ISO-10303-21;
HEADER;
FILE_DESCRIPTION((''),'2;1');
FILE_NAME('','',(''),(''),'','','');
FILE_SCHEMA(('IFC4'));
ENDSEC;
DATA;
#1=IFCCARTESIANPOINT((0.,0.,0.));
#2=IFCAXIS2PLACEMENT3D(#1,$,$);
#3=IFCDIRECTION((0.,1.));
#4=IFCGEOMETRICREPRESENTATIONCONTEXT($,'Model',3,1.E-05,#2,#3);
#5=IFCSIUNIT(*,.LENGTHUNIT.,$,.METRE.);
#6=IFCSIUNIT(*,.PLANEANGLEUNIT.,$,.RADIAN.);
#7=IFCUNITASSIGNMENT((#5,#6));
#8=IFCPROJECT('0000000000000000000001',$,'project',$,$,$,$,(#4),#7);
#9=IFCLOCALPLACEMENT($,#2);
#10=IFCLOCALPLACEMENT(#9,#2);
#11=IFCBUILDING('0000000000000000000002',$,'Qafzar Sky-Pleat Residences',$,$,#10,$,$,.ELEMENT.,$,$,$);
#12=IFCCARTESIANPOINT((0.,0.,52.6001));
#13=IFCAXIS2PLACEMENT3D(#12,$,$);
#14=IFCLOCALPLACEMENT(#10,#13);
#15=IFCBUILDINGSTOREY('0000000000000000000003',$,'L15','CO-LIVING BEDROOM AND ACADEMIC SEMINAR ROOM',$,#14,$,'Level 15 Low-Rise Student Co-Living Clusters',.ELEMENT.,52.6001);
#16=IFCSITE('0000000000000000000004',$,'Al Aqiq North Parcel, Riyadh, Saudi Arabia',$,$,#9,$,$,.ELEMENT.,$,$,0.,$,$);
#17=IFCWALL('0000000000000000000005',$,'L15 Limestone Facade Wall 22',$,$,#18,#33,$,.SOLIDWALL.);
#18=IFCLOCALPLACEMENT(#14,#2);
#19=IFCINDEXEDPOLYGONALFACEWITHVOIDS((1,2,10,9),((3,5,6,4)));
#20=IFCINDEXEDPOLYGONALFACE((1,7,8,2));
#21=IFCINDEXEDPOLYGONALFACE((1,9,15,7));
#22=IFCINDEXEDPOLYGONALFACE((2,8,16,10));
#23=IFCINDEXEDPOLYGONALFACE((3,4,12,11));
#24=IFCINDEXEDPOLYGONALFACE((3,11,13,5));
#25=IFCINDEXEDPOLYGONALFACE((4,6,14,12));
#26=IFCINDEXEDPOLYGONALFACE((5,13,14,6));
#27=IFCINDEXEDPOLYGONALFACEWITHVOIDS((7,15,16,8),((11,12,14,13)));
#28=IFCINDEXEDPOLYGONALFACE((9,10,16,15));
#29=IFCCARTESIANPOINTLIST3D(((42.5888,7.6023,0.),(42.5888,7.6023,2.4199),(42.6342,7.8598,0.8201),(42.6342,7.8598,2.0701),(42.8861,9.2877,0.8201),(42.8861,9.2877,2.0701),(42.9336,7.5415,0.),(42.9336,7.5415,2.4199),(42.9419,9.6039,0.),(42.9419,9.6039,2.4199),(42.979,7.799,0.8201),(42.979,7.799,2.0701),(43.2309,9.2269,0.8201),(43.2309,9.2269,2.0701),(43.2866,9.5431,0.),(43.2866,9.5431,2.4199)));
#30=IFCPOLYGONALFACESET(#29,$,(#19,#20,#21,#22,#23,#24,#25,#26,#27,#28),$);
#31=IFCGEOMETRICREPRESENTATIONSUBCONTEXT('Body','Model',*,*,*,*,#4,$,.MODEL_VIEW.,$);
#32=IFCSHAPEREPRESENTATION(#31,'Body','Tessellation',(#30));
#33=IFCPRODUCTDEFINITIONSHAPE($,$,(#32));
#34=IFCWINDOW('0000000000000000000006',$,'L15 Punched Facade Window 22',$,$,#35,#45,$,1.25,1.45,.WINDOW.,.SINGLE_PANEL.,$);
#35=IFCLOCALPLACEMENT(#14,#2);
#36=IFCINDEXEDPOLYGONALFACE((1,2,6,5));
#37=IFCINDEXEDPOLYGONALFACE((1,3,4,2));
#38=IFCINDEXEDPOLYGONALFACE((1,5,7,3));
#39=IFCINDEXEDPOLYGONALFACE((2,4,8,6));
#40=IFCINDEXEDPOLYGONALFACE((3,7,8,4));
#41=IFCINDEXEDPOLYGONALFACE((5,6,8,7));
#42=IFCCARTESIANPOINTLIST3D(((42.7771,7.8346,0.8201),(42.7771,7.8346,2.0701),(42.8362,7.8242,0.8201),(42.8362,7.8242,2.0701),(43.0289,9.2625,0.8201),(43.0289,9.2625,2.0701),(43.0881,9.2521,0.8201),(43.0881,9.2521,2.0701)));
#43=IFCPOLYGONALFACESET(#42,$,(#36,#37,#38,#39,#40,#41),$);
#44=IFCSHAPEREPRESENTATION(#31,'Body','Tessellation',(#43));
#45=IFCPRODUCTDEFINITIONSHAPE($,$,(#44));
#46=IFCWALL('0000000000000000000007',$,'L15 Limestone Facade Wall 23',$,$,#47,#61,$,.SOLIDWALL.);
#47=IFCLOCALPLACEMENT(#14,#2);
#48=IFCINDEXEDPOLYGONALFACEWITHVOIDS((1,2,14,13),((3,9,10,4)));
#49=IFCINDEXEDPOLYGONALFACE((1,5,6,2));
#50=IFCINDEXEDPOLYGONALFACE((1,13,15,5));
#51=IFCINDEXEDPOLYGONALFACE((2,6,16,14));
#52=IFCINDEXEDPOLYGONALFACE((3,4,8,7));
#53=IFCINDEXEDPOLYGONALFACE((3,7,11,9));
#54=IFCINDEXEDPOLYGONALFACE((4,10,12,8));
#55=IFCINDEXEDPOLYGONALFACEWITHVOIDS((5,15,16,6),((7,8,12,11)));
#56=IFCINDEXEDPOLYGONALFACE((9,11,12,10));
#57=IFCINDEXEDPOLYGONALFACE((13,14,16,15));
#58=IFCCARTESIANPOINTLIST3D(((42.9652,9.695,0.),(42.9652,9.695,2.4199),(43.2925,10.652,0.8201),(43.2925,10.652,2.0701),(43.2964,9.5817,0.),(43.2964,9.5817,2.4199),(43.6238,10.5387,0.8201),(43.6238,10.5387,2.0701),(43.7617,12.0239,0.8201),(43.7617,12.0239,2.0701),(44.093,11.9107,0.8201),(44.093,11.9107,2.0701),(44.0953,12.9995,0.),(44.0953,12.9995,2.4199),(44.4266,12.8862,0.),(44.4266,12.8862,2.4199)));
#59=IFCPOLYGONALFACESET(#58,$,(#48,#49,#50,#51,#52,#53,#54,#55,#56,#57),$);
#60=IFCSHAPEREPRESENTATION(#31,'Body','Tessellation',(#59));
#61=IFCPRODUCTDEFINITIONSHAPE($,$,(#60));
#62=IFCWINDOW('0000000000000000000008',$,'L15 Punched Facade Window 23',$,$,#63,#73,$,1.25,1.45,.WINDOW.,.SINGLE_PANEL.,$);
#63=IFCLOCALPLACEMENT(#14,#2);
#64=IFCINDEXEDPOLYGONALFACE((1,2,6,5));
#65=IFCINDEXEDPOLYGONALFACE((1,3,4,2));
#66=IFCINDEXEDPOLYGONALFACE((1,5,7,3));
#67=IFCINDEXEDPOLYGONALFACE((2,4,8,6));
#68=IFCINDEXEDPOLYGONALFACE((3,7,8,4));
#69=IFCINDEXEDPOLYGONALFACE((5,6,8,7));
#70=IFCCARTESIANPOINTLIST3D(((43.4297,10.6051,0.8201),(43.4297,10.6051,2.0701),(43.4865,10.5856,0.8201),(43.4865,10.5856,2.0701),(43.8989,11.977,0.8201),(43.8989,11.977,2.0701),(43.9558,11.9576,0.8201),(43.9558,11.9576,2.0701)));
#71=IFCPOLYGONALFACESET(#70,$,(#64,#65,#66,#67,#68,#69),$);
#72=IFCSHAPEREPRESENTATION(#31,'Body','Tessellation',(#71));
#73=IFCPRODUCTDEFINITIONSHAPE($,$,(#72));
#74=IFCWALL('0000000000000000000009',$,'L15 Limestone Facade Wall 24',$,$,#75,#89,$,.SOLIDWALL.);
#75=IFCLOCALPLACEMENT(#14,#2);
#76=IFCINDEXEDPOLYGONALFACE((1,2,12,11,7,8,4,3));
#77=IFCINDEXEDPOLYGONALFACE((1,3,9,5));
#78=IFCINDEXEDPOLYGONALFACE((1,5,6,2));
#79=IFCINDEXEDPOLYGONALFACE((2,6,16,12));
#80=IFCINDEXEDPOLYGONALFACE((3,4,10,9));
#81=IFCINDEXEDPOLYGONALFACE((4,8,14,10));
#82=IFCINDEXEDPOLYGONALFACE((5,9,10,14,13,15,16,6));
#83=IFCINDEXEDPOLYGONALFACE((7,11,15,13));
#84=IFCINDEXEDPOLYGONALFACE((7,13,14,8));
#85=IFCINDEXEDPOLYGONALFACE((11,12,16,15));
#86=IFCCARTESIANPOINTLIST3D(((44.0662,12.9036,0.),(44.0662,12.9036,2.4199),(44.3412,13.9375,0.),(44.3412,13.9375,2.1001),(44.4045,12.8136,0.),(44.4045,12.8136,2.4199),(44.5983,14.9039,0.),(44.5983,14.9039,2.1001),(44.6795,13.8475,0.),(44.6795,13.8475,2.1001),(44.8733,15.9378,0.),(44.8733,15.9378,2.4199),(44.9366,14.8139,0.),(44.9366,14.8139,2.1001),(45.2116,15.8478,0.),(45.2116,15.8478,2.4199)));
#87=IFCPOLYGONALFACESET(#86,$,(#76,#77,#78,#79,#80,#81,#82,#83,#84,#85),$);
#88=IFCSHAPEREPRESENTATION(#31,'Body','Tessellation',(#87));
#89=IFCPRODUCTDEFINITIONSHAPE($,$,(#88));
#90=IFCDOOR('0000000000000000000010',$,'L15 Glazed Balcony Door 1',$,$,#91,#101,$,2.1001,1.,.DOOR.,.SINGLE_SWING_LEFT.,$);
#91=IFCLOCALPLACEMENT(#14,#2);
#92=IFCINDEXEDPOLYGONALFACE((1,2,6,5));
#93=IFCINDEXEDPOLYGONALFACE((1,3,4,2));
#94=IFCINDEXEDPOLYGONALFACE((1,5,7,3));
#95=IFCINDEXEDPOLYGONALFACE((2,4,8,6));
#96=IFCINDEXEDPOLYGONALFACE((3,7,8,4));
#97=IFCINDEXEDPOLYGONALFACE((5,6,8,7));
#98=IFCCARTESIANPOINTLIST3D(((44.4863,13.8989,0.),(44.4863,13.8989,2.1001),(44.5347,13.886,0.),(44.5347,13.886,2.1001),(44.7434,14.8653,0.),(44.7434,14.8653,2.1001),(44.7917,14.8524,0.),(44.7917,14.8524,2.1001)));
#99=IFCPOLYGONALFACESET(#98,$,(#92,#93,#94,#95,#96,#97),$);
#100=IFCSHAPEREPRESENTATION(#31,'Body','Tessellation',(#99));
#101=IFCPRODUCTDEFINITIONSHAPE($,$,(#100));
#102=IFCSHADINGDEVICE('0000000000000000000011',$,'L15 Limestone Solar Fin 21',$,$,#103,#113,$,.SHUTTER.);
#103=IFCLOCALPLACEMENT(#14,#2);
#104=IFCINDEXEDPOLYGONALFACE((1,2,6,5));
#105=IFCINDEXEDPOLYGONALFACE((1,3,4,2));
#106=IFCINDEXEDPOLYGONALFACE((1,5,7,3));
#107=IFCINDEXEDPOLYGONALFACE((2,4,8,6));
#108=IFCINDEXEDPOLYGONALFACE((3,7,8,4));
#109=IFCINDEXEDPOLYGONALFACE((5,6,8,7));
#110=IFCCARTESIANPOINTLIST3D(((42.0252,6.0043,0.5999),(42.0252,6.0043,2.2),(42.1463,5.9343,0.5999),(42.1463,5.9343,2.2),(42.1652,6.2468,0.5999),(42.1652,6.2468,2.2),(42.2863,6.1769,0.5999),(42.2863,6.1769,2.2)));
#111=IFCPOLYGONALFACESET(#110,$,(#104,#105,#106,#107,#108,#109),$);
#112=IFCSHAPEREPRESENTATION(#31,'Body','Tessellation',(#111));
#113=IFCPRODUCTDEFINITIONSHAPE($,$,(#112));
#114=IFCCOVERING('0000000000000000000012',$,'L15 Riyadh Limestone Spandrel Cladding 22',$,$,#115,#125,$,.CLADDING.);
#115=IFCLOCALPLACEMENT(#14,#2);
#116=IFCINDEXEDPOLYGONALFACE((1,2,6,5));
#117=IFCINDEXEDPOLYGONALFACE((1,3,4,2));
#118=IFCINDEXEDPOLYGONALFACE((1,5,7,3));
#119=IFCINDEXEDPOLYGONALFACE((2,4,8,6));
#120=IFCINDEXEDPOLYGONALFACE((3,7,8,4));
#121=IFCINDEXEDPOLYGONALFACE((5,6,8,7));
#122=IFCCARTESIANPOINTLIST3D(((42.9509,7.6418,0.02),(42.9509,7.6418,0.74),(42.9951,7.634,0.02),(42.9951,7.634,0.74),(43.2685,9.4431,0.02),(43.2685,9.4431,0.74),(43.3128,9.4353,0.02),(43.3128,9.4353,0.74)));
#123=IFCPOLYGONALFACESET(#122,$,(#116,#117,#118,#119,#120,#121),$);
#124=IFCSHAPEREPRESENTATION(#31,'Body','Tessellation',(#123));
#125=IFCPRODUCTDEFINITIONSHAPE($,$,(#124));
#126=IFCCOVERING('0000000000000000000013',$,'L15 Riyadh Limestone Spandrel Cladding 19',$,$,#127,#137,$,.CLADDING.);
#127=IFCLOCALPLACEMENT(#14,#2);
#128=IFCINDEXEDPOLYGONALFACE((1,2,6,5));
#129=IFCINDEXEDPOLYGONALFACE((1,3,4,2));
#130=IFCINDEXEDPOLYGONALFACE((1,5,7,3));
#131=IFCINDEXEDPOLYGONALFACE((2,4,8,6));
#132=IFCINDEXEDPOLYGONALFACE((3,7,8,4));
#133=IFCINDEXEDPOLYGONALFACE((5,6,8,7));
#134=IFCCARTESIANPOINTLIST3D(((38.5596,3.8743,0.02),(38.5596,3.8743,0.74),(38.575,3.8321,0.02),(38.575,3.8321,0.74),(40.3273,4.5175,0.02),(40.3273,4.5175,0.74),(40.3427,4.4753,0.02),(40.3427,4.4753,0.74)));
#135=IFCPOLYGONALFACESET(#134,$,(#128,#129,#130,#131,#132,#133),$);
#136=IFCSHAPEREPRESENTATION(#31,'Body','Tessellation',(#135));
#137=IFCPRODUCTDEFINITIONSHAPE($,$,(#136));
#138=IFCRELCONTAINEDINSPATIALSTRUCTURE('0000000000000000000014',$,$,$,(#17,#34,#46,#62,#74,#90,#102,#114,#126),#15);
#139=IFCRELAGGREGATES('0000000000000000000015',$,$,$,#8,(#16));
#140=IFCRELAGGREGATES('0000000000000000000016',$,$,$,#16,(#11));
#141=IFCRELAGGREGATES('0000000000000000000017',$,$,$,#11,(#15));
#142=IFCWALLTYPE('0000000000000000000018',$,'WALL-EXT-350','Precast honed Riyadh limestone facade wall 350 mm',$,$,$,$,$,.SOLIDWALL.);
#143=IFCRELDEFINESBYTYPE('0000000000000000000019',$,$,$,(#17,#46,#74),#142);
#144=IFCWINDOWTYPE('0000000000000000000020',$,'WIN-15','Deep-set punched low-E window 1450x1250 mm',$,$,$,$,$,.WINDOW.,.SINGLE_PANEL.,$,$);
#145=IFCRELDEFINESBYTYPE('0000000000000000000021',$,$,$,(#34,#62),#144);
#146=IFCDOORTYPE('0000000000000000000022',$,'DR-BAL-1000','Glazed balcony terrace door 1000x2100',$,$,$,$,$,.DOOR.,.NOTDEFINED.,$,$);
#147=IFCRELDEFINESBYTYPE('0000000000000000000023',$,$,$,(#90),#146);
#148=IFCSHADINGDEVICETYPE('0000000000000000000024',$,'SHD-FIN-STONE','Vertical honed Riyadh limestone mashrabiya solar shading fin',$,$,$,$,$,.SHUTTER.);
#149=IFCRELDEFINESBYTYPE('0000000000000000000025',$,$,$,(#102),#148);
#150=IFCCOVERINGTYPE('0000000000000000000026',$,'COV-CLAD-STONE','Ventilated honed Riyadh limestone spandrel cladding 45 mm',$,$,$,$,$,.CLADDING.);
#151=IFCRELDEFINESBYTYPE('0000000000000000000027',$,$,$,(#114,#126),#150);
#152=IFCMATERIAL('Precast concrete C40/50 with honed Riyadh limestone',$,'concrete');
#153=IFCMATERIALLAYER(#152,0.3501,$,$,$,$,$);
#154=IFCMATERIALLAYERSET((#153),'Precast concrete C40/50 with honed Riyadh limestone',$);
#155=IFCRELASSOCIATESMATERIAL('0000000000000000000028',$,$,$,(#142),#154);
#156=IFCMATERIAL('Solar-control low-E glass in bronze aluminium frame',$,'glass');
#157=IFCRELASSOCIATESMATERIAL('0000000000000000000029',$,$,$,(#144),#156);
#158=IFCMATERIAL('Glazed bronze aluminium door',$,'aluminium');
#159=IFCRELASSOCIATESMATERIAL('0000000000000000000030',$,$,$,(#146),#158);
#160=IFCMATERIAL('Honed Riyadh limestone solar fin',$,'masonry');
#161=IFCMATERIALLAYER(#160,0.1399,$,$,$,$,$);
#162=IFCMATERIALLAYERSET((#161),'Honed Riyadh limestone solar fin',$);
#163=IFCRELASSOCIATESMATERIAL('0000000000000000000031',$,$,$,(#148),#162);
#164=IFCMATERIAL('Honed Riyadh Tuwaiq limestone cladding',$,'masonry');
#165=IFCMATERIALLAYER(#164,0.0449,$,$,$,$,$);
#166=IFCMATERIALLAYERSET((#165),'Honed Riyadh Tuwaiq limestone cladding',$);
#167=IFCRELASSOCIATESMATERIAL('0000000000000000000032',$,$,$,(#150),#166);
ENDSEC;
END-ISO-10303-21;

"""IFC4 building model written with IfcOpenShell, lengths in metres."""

from ifc_helpers import new_model, si_unit, direction, frame, frame_2d, origin, origin_2d, place, context, subcontext, project, spatial, rectangle, extrude, source, transform, mapped, material, layer, layer_set, type_object, element, fill, save


model = new_model("IFC4")

# Units and contexts
model_context = context("Model", 3, precision=1e-05, world=origin(), true_north=direction((0.0, 1.0)))
body_context = subcontext(model_context, "Body", "Model", "MODEL_VIEW")
ifc_project = project(units=[si_unit("LENGTHUNIT", "METRE"), si_unit("PLANEANGLEUNIT", "RADIAN")], contexts=[model_context])

# Site, building, storey
site_placement = place(None, origin())
site = spatial("IfcSite", under=ifc_project, at=site_placement, Name="Al Aqiq North Parcel, Riyadh, Saudi Arabia", CompositionType="ELEMENT", RefElevation=0.0)
building_placement = place(site_placement, origin())
building = spatial("IfcBuilding", under=site, at=building_placement, Name="Qafzar Sky-Pleat Residences", CompositionType="ELEMENT")
storey_placement = place(building_placement, frame((0.0, 0.0, 52.6001)))
storey = spatial("IfcBuildingStorey", under=building, at=storey_placement, Name="L15", Description="CO-LIVING BEDROOM AND ACADEMIC SEMINAR ROOM", LongName="Level 15 Low-Rise Student Co-Living Clusters", CompositionType="ELEMENT", Elevation=52.6001)

# Shared definitions
ifc_material_1 = material(Name="Precast concrete C40/50 with honed Riyadh limestone", Category="concrete")
ifc_layer_1 = layer(ifc_material_1, 0.3501)
ifc_layer_set_1 = layer_set([ifc_layer_1], Name="Precast concrete C40/50 with honed Riyadh limestone")
wall_type_1 = type_object("IfcWallType", Name="WALL-EXT-350", Description="Precast honed Riyadh limestone facade wall 350 mm", PredefinedType="SOLIDWALL", material=ifc_layer_set_1)

# Walls, openings, windows
ifc_material_2 = material(Name="Solar-control low-E glass in bronze aluminium frame", Category="glass")
window_type_1 = type_object("IfcWindowType", Name="WIN-15", Description="Deep-set punched low-E window 1450x1250 mm", PartitioningType="SINGLE_PANEL", PredefinedType="WINDOW", material=ifc_material_2)
shared_shape_1 = source(origin(), body_context, "Body", "SweptSolid", [
    extrude(rectangle(XDim=1.45, YDim=1.25, at=frame_2d((0.7251, 0.625))), frame((0.0, 0.03, 0.0), z_axis=(0.0, -1.0, 0.0), x_axis=(1.0, 0.0, 0.0)), (0.0, 0.0, 1.0), 0.0601),
])
wall_1_placement = place(storey_placement, frame((42.7612, 7.572, 0.0), z_axis=(0.0, 0.0, 1.0), x_axis=(0.173703, 0.984798, 0.0)))
wall_1 = element("IfcWall", 1, at=wall_1_placement, inside=storey, type_object=wall_type_1, Name="L15 Limestone Facade Wall 22", PredefinedType="SOLIDWALL", context=body_context, shape_type="SweptSolid", body=[
    extrude(rectangle(XDim=2.0325, YDim=0.3501, at=frame_2d((1.0161, 0.0))), origin(), (0.0, 0.0, 1.0), 2.4199),
])
opening_1_placement = place(wall_1_placement, frame((0.2612, 0.0, 0.8201)))
opening_1 = element("IfcOpeningElement", 2, at=opening_1_placement, cuts=wall_1, PredefinedType="OPENING", context=body_context, shape_type="SweptSolid", body=[
    extrude(rectangle(XDim=1.45, YDim=1.25, at=frame_2d((0.7251, 0.625))), frame((0.0, 0.1851, 0.0), z_axis=(0.0, -1.0, 0.0), x_axis=(1.0, 0.0, 0.0)), (0.0, 0.0, 1.0), 0.3701),
])
window_1_placement = place(opening_1_placement, origin())
window_1 = element("IfcWindow", 3, at=window_1_placement, inside=storey, type_object=window_type_1, Name="L15 Punched Facade Window 22", OverallHeight=1.25, OverallWidth=1.45, PartitioningType="SINGLE_PANEL", PredefinedType="WINDOW", context=body_context, shape_type="MappedRepresentation", body=[
    mapped(shared_shape_1, transform((0.0, 0.0, 0.0), x_axis=(1.0, 0.0, 0.0), y_axis=(0.0, 1.0, 0.0), z_axis=(0.0, 0.0, 1.0), scale=1.0)),
])
fill(opening_1, window_1)
wall_2_placement = place(storey_placement, frame((43.1309, 9.6384, 0.0), z_axis=(0.0, 0.0, 1.0), x_axis=(0.3236, 0.946194, 0.0)))
wall_2 = element("IfcWall", 4, at=wall_2_placement, inside=storey, type_object=wall_type_1, Name="L15 Limestone Facade Wall 23", PredefinedType="SOLIDWALL", context=body_context, shape_type="SweptSolid", body=[
    extrude(rectangle(XDim=3.4924, YDim=0.3501, at=frame_2d((1.7461, 0.0))), origin(), (0.0, 0.0, 1.0), 2.4199),
])
opening_2_placement = place(wall_2_placement, frame((1.0112, 0.0, 0.8201)))
opening_2 = element("IfcOpeningElement", 5, at=opening_2_placement, cuts=wall_2, PredefinedType="OPENING", context=body_context, shape_type="SweptSolid", body=[
    extrude(rectangle(XDim=1.45, YDim=1.25, at=frame_2d((0.7251, 0.625))), frame((0.0, 0.1851, 0.0), z_axis=(0.0, -1.0, 0.0), x_axis=(1.0, 0.0, 0.0)), (0.0, 0.0, 1.0), 0.3701),
])
window_2_placement = place(opening_2_placement, origin())
window_2 = element("IfcWindow", 6, at=window_2_placement, inside=storey, type_object=window_type_1, Name="L15 Punched Facade Window 23", OverallHeight=1.25, OverallWidth=1.45, PartitioningType="SINGLE_PANEL", PredefinedType="WINDOW", context=body_context, shape_type="MappedRepresentation", body=[
    mapped(shared_shape_1, transform((0.0, 0.0, 0.0), x_axis=(1.0, 0.0, 0.0), y_axis=(0.0, 1.0, 0.0), z_axis=(0.0, 0.0, 1.0), scale=1.0)),
])
fill(opening_2, window_2)

# Wall, opening, door
wall_3_placement = place(storey_placement, frame((44.2354, 12.8586, 0.0), z_axis=(0.0, 0.0, 1.0), x_axis=(0.257072, 0.966392, 0.0)))
wall_3 = element("IfcWall", 7, at=wall_3_placement, inside=storey, type_object=wall_type_1, Name="L15 Limestone Facade Wall 24", PredefinedType="SOLIDWALL", context=body_context, shape_type="SweptSolid", body=[
    extrude(rectangle(XDim=3.1396, YDim=0.3501, at=frame_2d((1.5698, 0.0))), origin(), (0.0, 0.0, 1.0), 2.4199),
])
opening_3_placement = place(wall_3_placement, frame((1.0698, 0.0, 0.0)))
opening_3 = element("IfcOpeningElement", 8, at=opening_3_placement, cuts=wall_3, PredefinedType="OPENING", context=body_context, shape_type="SweptSolid", body=[
    extrude(rectangle(XDim=1.0, YDim=2.1001, at=frame_2d((0.5, 1.05))), frame((0.0, 0.1851, 0.0), z_axis=(0.0, -1.0, 0.0), x_axis=(1.0, 0.0, 0.0)), (0.0, 0.0, 1.0), 0.3701),
])
ifc_material_3 = material(Name="Glazed bronze aluminium door", Category="aluminium")
door_type_1 = type_object("IfcDoorType", Name="DR-BAL-1000", Description="Glazed balcony terrace door 1000x2100", OperationType="NOTDEFINED", PredefinedType="DOOR", material=ifc_material_3)
shared_shape_2 = source(origin(), body_context, "Body", "SweptSolid", [
    extrude(rectangle(XDim=1.0, YDim=2.1001, at=frame_2d((0.5, 1.05))), frame((0.0, 0.0249, 0.0), z_axis=(0.0, -1.0, 0.0), x_axis=(1.0, 0.0, 0.0)), (0.0, 0.0, 1.0), 0.05),
])
door_1_placement = place(opening_3_placement, origin())
door_1 = element("IfcDoor", 9, at=door_1_placement, inside=storey, type_object=door_type_1, Name="L15 Glazed Balcony Door 1", OperationType="SINGLE_SWING_LEFT", OverallHeight=2.1001, OverallWidth=1.0, PredefinedType="DOOR", context=body_context, shape_type="MappedRepresentation", body=[
    mapped(shared_shape_2, transform((0.0, 0.0, 0.0), x_axis=(1.0, 0.0, 0.0), y_axis=(0.0, 1.0, 0.0), z_axis=(0.0, 0.0, 1.0), scale=1.0)),
])
fill(opening_3, door_1)

# Shading device
ifc_material_4 = material(Name="Honed Riyadh limestone solar fin", Category="masonry")
ifc_layer_2 = layer(ifc_material_4, 0.1399)
ifc_layer_set_2 = layer_set([ifc_layer_2], Name="Honed Riyadh limestone solar fin")
shading_device_type = type_object("IfcShadingDeviceType", Name="SHD-FIN-STONE", Description="Vertical honed Riyadh limestone mashrabiya solar shading fin", PredefinedType="SHUTTER", material=ifc_layer_set_2)
shared_shape_3 = source(origin(), body_context, "Body", "SweptSolid", [
    extrude(rectangle(XDim=0.1399, YDim=0.28, at=origin_2d()), origin(), (0.0, 0.0, 1.0), 1.6001),
])
shading_device_placement = place(storey_placement, frame((42.1558, 6.0906, 0.5999), z_axis=(0.0, 0.0, 1.0), x_axis=(0.866032, -0.499989, 0.0)))
element("IfcShadingDevice", 10, at=shading_device_placement, inside=storey, type_object=shading_device_type, Name="L15 Limestone Solar Fin 21", PredefinedType="SHUTTER", context=body_context, shape_type="MappedRepresentation", body=[
    mapped(shared_shape_3, transform((0.0, 0.0, 0.0), x_axis=(1.0, 0.0, 0.0), y_axis=(0.0, 1.0, 0.0), z_axis=(0.0, 0.0, 1.0), scale=1.0)),
])

# Coverings
ifc_material_5 = material(Name="Honed Riyadh Tuwaiq limestone cladding", Category="masonry")
ifc_layer_3 = layer(ifc_material_5, 0.0449)
ifc_layer_set_3 = layer_set([ifc_layer_3], Name="Honed Riyadh Tuwaiq limestone cladding")
covering_type = type_object("IfcCoveringType", Name="COV-CLAD-STONE", Description="Ventilated honed Riyadh limestone spandrel cladding 45 mm", PredefinedType="CLADDING", material=ifc_layer_set_3)
shared_shape_4 = source(origin(), body_context, "Body", "SweptSolid", [
    extrude(rectangle(XDim=1.8291, YDim=0.0449, at=origin_2d()), origin(), (0.0, 0.0, 1.0), 0.72),
])
covering_1_placement = place(storey_placement, frame((43.1318, 8.5386, 0.02), z_axis=(0.0, 0.0, 1.0), x_axis=(0.173648, 0.984808, 0.0)))
element("IfcCovering", 11, at=covering_1_placement, inside=storey, type_object=covering_type, Name="L15 Riyadh Limestone Spandrel Cladding 22", PredefinedType="CLADDING", context=body_context, shape_type="MappedRepresentation", body=[
    mapped(shared_shape_4, transform((0.0, 0.0, 0.0), x_axis=(1.0, 0.0, 0.0), y_axis=(0.0, 1.0, 0.0), z_axis=(0.0, 0.0, 1.0), scale=1.0)),
])
shared_shape_5 = source(origin(), body_context, "Body", "SweptSolid", [
    extrude(rectangle(XDim=1.8811, YDim=0.0449, at=origin_2d()), origin(), (0.0, 0.0, 1.0), 0.72),
])
covering_2_placement = place(storey_placement, frame((39.4512, 4.1748, 0.02), z_axis=(0.0, 0.0, 1.0), x_axis=(0.939715, 0.341958, 0.0)))
element("IfcCovering", 12, at=covering_2_placement, inside=storey, type_object=covering_type, Name="L15 Riyadh Limestone Spandrel Cladding 19", PredefinedType="CLADDING", context=body_context, shape_type="MappedRepresentation", body=[
    mapped(shared_shape_5, transform((0.0, 0.0, 0.0), x_axis=(1.0, 0.0, 0.0), y_axis=(0.0, 1.0, 0.0), z_axis=(0.0, 0.0, 1.0), scale=1.0)),
])

save(model, "model.ifc")
